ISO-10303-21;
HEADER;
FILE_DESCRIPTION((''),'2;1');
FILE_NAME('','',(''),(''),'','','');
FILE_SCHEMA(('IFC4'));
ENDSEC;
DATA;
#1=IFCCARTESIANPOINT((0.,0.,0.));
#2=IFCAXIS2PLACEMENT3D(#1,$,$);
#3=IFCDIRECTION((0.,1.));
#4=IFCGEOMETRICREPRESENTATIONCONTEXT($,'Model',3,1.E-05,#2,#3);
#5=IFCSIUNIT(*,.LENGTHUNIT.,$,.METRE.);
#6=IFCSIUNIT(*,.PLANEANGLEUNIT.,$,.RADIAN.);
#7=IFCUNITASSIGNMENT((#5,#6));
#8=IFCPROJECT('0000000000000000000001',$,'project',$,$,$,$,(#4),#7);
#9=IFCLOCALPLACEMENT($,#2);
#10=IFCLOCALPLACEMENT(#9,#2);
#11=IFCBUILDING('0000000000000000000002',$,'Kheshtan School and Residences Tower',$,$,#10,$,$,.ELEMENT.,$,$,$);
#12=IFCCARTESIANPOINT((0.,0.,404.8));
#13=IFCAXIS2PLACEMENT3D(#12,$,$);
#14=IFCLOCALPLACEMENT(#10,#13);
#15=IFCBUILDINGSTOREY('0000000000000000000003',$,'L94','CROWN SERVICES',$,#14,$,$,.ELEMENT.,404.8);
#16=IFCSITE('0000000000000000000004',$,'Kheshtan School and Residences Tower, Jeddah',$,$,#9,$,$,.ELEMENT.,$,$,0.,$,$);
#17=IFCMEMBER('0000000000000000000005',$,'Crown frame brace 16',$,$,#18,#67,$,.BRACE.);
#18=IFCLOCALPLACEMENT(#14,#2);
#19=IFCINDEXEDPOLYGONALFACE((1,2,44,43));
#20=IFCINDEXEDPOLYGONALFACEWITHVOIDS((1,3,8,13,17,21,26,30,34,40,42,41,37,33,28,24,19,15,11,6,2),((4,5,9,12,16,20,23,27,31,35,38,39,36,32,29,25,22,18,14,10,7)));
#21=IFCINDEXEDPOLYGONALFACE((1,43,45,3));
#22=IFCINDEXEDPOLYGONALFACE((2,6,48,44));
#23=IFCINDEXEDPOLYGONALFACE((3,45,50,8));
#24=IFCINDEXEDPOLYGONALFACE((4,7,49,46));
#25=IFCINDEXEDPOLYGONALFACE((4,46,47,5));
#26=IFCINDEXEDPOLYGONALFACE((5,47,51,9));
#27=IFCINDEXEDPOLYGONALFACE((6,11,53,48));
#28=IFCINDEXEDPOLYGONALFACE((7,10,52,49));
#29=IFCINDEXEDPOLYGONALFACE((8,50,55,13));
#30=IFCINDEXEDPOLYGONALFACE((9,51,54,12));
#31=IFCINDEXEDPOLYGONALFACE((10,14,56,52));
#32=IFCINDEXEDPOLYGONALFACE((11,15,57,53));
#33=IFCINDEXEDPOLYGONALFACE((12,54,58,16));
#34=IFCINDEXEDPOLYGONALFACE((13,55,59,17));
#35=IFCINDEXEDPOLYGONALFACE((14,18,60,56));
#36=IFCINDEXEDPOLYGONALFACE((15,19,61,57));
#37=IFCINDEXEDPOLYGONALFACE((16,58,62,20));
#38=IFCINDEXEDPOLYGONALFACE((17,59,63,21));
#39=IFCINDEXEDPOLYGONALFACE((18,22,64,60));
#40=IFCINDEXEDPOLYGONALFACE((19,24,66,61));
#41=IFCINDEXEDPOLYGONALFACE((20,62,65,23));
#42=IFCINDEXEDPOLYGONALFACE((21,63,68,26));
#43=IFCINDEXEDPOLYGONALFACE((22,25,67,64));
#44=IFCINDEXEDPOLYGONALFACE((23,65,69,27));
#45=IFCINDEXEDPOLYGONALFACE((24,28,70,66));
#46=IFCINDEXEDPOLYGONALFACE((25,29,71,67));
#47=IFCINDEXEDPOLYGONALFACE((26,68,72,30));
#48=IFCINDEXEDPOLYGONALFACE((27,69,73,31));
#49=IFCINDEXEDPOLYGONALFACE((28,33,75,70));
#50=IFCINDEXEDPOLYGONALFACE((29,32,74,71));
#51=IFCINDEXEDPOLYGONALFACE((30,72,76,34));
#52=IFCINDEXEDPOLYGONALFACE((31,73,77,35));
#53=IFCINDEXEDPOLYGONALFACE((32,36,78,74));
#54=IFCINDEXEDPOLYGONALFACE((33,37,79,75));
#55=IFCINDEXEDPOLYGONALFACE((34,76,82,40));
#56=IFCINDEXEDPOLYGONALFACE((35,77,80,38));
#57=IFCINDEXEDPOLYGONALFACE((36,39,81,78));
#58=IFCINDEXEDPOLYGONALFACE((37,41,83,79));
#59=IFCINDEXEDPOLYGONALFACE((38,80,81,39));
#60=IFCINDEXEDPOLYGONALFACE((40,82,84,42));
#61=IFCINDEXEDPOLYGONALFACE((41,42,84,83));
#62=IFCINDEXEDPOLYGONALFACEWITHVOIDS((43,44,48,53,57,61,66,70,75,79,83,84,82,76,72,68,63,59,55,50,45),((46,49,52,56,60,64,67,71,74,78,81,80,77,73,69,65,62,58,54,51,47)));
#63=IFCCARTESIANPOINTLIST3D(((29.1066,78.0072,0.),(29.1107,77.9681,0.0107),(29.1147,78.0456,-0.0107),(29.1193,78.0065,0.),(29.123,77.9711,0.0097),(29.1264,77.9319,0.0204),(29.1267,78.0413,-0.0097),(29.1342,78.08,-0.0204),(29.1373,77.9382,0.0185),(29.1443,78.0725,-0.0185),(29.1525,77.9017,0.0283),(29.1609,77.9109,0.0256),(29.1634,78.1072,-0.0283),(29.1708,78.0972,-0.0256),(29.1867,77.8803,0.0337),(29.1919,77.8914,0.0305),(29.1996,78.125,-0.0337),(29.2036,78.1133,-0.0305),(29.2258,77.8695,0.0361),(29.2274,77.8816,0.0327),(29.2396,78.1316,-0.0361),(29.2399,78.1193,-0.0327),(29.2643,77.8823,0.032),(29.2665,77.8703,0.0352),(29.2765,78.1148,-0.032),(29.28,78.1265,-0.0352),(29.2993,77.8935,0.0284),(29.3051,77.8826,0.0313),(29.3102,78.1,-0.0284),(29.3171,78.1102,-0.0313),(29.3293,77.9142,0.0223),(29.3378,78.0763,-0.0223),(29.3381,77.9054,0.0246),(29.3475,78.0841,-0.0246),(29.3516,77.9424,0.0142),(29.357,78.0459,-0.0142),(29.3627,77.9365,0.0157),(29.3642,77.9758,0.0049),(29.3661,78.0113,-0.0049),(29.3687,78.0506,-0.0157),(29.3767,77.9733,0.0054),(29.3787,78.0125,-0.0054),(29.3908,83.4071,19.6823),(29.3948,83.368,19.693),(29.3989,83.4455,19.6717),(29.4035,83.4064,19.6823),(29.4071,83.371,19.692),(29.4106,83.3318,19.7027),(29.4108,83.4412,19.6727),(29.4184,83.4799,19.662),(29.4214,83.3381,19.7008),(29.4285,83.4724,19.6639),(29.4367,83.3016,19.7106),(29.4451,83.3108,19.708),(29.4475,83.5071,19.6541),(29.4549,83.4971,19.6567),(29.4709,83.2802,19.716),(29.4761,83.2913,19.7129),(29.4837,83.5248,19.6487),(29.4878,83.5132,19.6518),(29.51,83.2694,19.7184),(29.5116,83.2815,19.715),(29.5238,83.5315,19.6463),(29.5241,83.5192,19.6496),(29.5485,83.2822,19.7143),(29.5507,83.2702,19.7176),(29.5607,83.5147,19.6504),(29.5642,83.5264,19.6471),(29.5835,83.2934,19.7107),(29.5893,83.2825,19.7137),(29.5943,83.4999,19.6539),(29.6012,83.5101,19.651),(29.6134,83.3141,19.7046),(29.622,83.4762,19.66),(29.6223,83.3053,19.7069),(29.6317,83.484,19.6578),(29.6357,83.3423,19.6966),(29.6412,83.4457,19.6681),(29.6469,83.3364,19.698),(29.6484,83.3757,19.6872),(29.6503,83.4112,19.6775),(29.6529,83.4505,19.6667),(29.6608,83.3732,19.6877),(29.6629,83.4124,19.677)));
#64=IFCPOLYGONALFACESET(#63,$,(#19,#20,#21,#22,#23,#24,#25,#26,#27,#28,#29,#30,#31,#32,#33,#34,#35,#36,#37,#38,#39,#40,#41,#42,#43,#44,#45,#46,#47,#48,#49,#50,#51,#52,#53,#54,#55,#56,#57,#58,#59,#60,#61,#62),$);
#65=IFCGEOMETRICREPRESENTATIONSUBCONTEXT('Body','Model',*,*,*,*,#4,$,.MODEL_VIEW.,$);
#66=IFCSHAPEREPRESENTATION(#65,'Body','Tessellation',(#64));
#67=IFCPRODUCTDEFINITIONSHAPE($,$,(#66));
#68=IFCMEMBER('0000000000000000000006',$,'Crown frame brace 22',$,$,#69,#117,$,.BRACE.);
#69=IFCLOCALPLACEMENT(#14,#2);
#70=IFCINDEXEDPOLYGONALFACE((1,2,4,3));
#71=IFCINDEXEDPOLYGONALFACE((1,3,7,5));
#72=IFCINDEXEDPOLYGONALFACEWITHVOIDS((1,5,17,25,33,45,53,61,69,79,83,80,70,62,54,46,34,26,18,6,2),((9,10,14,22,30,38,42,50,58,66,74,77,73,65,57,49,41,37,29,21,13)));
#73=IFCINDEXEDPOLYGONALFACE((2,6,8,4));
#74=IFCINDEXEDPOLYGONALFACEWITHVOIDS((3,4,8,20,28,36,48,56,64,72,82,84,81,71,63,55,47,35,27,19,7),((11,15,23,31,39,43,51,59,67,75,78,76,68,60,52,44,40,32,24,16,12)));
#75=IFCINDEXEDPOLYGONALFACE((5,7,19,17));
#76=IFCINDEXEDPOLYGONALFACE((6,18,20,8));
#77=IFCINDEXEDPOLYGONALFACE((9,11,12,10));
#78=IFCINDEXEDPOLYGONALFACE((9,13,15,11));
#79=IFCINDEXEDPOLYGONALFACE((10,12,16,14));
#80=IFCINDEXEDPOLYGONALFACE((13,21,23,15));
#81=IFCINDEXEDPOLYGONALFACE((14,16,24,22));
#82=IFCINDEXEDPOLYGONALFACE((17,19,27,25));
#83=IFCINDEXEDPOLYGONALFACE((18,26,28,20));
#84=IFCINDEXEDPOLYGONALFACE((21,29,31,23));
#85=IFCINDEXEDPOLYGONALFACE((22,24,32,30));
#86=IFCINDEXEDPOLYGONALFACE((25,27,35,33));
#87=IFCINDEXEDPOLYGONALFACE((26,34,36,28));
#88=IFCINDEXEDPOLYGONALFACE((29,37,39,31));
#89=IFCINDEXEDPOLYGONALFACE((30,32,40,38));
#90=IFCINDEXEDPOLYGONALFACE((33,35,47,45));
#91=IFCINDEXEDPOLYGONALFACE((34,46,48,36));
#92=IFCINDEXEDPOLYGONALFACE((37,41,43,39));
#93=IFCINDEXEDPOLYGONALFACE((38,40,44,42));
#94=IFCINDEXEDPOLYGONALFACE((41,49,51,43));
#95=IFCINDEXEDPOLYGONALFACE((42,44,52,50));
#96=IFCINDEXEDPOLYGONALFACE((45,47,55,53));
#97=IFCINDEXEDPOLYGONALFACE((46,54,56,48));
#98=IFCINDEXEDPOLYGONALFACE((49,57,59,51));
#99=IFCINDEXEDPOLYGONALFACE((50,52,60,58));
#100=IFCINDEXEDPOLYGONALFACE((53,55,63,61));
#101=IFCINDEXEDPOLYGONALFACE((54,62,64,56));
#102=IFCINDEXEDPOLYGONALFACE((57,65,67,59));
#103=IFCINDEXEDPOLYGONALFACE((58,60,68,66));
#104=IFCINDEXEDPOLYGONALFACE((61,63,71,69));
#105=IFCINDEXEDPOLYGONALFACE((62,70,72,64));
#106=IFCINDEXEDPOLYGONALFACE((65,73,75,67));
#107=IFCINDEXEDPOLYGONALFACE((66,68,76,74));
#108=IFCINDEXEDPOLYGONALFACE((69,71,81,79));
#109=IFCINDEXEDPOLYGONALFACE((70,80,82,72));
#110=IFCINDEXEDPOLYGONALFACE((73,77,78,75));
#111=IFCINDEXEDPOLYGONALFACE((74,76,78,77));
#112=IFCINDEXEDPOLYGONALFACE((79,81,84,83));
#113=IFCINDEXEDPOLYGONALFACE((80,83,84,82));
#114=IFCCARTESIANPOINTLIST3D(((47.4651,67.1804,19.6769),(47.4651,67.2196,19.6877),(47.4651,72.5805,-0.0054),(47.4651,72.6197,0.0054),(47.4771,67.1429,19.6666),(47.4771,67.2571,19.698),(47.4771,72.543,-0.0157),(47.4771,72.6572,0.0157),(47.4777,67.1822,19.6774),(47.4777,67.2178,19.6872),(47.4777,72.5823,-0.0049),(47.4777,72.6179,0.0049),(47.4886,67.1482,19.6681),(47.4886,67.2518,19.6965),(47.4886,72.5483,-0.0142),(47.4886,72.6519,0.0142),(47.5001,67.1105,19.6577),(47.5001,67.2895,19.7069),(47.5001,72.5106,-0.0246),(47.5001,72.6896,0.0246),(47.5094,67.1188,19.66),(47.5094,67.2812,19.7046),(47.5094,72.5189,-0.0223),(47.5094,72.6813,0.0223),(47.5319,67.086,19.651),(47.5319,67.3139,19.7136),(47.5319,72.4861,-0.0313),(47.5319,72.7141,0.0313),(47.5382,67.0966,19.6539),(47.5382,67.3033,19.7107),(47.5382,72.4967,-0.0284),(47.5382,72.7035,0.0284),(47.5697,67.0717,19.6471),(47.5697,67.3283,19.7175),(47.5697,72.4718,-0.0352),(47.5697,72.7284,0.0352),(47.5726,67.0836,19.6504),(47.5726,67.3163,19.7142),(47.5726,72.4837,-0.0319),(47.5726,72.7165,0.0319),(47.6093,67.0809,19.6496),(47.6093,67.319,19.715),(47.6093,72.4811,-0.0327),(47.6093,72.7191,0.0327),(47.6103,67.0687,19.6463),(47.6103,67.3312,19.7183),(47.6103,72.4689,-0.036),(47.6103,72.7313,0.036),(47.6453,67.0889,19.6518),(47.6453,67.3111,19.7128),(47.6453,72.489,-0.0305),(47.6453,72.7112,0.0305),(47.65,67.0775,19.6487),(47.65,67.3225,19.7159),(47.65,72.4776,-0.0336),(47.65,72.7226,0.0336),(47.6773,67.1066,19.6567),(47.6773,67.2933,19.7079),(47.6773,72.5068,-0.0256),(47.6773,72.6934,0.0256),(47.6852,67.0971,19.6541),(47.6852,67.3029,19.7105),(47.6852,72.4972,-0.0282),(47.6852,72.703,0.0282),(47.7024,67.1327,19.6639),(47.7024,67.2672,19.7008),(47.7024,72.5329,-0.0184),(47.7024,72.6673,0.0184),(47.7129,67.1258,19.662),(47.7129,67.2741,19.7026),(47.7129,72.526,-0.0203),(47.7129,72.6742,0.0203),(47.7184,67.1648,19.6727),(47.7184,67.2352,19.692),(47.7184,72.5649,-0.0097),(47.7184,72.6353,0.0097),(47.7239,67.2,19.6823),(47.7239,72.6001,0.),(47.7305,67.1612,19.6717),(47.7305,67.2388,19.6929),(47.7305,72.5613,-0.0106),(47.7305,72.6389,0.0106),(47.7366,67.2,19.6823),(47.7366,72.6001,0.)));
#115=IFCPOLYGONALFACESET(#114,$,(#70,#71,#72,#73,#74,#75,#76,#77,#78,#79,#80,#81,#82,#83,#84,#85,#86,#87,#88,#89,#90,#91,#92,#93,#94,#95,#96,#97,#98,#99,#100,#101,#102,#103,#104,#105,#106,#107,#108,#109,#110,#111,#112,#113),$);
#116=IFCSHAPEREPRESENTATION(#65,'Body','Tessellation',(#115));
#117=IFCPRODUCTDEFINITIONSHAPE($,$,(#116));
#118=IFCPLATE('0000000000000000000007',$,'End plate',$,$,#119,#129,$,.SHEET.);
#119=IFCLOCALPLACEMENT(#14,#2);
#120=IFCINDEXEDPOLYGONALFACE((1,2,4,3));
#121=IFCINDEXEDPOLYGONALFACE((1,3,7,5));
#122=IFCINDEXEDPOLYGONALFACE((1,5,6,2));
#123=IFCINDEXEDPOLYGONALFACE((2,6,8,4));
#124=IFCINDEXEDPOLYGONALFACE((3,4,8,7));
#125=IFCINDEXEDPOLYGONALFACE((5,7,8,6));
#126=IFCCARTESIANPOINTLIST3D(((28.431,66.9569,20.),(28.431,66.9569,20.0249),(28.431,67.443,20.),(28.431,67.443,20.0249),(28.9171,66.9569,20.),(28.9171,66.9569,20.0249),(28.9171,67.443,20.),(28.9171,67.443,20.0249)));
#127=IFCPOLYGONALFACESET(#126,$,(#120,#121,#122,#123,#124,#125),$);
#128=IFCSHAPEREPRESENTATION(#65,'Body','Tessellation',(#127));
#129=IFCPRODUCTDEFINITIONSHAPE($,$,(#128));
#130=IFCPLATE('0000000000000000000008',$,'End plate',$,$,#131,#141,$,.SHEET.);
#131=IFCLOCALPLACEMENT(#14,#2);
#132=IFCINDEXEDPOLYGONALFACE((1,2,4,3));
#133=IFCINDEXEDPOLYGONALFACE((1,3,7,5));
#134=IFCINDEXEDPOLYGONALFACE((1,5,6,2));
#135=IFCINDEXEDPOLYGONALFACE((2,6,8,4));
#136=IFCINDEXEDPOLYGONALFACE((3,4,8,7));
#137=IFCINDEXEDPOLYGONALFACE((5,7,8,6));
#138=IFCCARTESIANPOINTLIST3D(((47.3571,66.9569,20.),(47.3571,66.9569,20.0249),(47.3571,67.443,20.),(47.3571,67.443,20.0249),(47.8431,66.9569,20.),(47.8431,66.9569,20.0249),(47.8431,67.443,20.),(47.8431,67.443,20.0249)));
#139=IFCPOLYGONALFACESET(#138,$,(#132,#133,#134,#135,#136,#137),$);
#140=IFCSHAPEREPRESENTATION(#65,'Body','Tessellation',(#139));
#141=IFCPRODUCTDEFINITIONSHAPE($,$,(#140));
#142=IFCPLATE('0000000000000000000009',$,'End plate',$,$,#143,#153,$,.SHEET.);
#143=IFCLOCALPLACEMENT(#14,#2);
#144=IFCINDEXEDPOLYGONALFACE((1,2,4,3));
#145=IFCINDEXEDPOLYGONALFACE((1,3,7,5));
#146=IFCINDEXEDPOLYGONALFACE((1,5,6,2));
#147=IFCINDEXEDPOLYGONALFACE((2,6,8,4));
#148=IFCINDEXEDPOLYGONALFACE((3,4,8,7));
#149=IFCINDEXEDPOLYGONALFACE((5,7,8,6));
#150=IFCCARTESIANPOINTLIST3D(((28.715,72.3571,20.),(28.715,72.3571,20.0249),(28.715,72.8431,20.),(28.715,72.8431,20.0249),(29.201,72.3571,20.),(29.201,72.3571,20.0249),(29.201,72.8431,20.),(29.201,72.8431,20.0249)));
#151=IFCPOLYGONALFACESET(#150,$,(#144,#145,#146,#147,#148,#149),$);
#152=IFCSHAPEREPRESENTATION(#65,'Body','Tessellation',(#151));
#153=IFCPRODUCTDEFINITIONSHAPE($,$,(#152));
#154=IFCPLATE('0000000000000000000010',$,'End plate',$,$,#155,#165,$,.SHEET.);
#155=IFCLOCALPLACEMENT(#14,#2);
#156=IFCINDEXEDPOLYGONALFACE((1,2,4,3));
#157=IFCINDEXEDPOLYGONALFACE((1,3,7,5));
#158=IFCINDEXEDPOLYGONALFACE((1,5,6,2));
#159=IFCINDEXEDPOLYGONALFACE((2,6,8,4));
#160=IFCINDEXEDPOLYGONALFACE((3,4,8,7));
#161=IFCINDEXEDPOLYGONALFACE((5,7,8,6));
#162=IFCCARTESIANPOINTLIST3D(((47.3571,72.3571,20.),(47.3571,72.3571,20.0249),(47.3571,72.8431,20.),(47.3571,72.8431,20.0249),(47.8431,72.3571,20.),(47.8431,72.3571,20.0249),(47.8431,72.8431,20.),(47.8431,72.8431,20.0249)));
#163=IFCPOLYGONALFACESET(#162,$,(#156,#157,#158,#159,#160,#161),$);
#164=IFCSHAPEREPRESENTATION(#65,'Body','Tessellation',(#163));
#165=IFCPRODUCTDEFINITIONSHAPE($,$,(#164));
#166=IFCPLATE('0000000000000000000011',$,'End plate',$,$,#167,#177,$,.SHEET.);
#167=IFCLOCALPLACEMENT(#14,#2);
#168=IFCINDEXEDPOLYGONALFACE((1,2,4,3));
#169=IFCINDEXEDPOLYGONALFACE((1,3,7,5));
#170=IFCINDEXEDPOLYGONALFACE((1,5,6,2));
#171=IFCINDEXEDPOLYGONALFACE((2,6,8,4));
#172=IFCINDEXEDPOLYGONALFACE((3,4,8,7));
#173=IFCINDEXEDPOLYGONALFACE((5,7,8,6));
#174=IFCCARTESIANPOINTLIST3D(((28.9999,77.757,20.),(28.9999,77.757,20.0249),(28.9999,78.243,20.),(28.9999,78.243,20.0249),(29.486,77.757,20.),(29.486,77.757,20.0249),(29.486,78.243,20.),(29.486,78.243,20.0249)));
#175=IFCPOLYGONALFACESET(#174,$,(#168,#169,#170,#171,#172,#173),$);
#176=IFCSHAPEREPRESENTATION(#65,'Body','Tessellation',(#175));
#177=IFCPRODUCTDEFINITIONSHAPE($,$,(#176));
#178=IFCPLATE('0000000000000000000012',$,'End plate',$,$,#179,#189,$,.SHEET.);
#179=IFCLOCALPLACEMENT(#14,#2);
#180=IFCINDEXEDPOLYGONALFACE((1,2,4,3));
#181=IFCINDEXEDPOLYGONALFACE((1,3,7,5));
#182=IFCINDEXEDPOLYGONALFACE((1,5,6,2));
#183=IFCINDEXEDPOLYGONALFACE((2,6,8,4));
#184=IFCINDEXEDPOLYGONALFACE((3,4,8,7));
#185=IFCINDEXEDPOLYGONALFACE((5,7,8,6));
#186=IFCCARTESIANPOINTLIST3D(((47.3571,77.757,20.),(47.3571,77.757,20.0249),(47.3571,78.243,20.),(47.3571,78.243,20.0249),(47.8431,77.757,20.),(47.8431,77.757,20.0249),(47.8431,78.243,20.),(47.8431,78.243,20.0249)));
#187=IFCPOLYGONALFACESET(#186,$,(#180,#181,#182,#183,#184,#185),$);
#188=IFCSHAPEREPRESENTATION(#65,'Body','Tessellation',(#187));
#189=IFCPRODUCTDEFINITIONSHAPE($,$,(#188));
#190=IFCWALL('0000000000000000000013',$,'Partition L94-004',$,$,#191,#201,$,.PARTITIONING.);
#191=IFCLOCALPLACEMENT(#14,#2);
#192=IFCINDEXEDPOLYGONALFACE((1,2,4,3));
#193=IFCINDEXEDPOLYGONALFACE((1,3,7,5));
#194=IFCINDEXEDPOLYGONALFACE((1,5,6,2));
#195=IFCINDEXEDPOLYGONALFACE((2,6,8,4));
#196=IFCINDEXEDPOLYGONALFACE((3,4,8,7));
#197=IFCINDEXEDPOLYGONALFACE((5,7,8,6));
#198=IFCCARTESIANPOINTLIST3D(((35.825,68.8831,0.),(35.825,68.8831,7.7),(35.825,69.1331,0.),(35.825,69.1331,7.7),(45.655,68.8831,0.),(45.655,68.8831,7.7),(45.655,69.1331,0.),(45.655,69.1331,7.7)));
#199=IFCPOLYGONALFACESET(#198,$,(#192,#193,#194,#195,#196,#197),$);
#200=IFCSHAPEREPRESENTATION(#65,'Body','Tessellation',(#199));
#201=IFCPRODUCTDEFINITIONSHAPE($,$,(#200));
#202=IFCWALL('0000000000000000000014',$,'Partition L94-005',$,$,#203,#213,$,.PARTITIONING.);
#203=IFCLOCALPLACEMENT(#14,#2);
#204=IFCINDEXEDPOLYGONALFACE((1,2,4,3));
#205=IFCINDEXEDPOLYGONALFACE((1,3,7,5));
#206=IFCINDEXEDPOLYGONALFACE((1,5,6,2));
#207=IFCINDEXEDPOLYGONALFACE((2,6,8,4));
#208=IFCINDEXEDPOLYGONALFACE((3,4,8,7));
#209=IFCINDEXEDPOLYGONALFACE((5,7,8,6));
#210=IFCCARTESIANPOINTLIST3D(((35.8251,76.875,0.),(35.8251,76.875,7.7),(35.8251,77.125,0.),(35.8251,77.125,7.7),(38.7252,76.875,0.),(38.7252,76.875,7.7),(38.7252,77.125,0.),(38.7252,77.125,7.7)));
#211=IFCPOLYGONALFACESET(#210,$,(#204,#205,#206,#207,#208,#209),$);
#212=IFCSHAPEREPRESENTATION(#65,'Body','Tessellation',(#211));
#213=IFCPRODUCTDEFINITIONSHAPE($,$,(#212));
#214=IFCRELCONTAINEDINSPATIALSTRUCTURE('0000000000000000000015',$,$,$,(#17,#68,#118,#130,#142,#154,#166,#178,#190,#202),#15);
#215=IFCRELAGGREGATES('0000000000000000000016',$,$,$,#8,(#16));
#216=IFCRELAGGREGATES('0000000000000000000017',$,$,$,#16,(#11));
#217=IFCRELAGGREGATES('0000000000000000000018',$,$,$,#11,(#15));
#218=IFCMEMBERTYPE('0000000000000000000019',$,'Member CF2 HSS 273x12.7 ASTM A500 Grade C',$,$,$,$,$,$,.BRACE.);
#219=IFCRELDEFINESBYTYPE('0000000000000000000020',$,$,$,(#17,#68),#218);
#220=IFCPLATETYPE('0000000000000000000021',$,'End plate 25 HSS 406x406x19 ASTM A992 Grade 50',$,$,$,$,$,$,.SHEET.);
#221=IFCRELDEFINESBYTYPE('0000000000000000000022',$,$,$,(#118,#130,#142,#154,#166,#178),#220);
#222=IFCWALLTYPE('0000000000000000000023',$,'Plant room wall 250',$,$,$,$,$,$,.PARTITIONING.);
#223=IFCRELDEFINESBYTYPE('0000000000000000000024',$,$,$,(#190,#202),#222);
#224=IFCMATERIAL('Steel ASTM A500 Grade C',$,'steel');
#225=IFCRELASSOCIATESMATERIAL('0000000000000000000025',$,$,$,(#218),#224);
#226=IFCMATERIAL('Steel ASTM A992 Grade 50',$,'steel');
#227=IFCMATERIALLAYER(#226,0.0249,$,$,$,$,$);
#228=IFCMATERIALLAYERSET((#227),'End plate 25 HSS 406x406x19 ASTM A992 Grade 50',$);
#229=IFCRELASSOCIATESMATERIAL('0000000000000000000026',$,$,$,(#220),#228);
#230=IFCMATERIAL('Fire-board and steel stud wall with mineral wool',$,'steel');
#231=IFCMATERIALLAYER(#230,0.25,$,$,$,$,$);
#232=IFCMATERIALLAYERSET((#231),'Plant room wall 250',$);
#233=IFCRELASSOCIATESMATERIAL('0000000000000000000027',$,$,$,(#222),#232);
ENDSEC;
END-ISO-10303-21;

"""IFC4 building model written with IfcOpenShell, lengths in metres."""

from ifc_helpers import new_model, si_unit, direction, frame, frame_2d, origin, origin_2d, place, context, subcontext, project, spatial, rectangle, hollow_circle, extrude, material, layer, layer_set, material_profile, profile_set, type_object, element, save


model = new_model("IFC4")

# Units and contexts
model_context = context("Model", 3, precision=1e-05, world=origin(), true_north=direction((0.0, 1.0)))
body_context = subcontext(model_context, "Body", "Model", "MODEL_VIEW")
ifc_project = project(units=[si_unit("LENGTHUNIT", "METRE"), si_unit("PLANEANGLEUNIT", "RADIAN")], contexts=[model_context])

# Site, building, storey
site_placement = place(None, origin())
site = spatial("IfcSite", under=ifc_project, at=site_placement, Name="Kheshtan School and Residences Tower, Jeddah", CompositionType="ELEMENT", RefElevation=0.0)
building_placement = place(site_placement, origin())
building = spatial("IfcBuilding", under=site, at=building_placement, Name="Kheshtan School and Residences Tower", CompositionType="ELEMENT")
storey_placement = place(building_placement, frame((0.0, 0.0, 404.8)))
storey = spatial("IfcBuildingStorey", under=building, at=storey_placement, Name="L94", Description="CROWN SERVICES", CompositionType="ELEMENT", Elevation=404.8)

# Shared definitions
ifc_material_1 = material(Name="Steel ASTM A500 Grade C", Category="steel")

# Shared definitions
ifc_material_2 = material(Name="Steel ASTM A992 Grade 50", Category="steel")

# Members
ifc_material_profile_1 = material_profile(ifc_material_1, hollow_circle(Radius=0.1365, WallThickness=0.0127, at=origin_2d()), Name="HSS 273x12.7")
ifc_profile_set_1 = profile_set([ifc_material_profile_1], Name="Steel ASTM A500 Grade C")
member_type = type_object("IfcMemberType", Name="Member CF2 HSS 273x12.7 ASTM A500 Grade C", PredefinedType="BRACE", material=ifc_profile_set_1)
for number, where, z_axis, x_axis, name in (
    (1, (29.2429, 78.0, 0.0), (0.013922, 0.26455, 0.964271), (-0.998618, 0.052554, 0.0), "Crown frame brace 16"),
):
    element("IfcMember", number, at=place(storey_placement, frame(where, z_axis=z_axis, x_axis=x_axis)), inside=storey, type_object=member_type, Name=name, PredefinedType="BRACE", context=body_context, shape_type="SweptSolid", body=[
        extrude(hollow_circle(Radius=0.1365, WallThickness=0.0127, at=origin_2d()), origin(), (0.0, 0.0, 1.0), 20.4116),
    ])
member_placement = place(storey_placement, frame((47.6001, 72.6001, 0.0), z_axis=(0.0, -0.264587, 0.964362), x_axis=(1.0, 0.0, 0.0)))
element("IfcMember", 2, at=member_placement, inside=storey, type_object=member_type, Name="Crown frame brace 22", PredefinedType="BRACE", context=body_context, shape_type="SweptSolid", body=[
    extrude(hollow_circle(Radius=0.1365, WallThickness=0.0127, at=origin_2d()), origin(), (0.0, 0.0, 1.0), 20.4097),
])

# Plates
ifc_layer_1 = layer(ifc_material_2, 0.0249)
ifc_layer_set_1 = layer_set([ifc_layer_1], Name="End plate 25 HSS 406x406x19 ASTM A992 Grade 50")
plate_type = type_object("IfcPlateType", Name="End plate 25 HSS 406x406x19 ASTM A992 Grade 50", PredefinedType="SHEET", material=ifc_layer_set_1)
for number, where, z_axis, x_axis, name in (
    (3, (28.6741, 67.2, 20.0), (0.0, 0.0, 1.0), (1.0, 0.0, 0.0), "End plate"),
    (4, (47.6001, 67.2, 20.0), (0.0, 0.0, 1.0), (1.0, 0.0, 0.0), "End plate"),
    (5, (28.958, 72.6001, 20.0), (0.0, 0.0, 1.0), (1.0, 0.0, 0.0), "End plate"),
    (6, (47.6001, 72.6001, 20.0), (0.0, 0.0, 1.0), (1.0, 0.0, 0.0), "End plate"),
    (7, (29.2429, 78.0, 20.0), (0.0, 0.0, 1.0), (1.0, 0.0, 0.0), "End plate"),
    (8, (47.6001, 78.0, 20.0), (0.0, 0.0, 1.0), (1.0, 0.0, 0.0), "End plate"),
):
    element("IfcPlate", number, at=place(storey_placement, frame(where, z_axis=z_axis, x_axis=x_axis)), inside=storey, type_object=plate_type, Name=name, PredefinedType="SHEET", context=body_context, shape_type="SweptSolid", body=[
        extrude(rectangle(XDim=0.4861, YDim=0.4861, at=origin_2d()), origin(), (0.0, 0.0, 1.0), 0.0249),
    ])

# Walls
ifc_material_3 = material(Name="Fire-board and steel stud wall with mineral wool", Category="steel")
ifc_layer_2 = layer(ifc_material_3, 0.25)
ifc_layer_set_2 = layer_set([ifc_layer_2], Name="Plant room wall 250")
wall_type = type_object("IfcWallType", Name="Plant room wall 250", PredefinedType="PARTITIONING", material=ifc_layer_set_2)
wall_1_placement = place(storey_placement, frame((35.825, 69.0081, 0.0), z_axis=(0.0, 0.0, 1.0), x_axis=(1.0, 0.0, 0.0)))
element("IfcWall", 9, at=wall_1_placement, inside=storey, type_object=wall_type, Name="Partition L94-004", PredefinedType="PARTITIONING", context=body_context, shape_type="SweptSolid", body=[
    extrude(rectangle(XDim=9.8301, YDim=0.25, at=frame_2d((4.915, 0.0))), origin(), (0.0, 0.0, 1.0), 7.7),
])
wall_2_placement = place(storey_placement, frame((35.825, 77.0, 0.0), z_axis=(0.0, 0.0, 1.0), x_axis=(1.0, 0.0, 0.0)))
element("IfcWall", 10, at=wall_2_placement, inside=storey, type_object=wall_type, Name="Partition L94-005", PredefinedType="PARTITIONING", context=body_context, shape_type="SweptSolid", body=[
    extrude(rectangle(XDim=2.9001, YDim=0.25, at=frame_2d((1.4502, 0.0))), origin(), (0.0, 0.0, 1.0), 7.7),
])

save(model, "model.ifc")
